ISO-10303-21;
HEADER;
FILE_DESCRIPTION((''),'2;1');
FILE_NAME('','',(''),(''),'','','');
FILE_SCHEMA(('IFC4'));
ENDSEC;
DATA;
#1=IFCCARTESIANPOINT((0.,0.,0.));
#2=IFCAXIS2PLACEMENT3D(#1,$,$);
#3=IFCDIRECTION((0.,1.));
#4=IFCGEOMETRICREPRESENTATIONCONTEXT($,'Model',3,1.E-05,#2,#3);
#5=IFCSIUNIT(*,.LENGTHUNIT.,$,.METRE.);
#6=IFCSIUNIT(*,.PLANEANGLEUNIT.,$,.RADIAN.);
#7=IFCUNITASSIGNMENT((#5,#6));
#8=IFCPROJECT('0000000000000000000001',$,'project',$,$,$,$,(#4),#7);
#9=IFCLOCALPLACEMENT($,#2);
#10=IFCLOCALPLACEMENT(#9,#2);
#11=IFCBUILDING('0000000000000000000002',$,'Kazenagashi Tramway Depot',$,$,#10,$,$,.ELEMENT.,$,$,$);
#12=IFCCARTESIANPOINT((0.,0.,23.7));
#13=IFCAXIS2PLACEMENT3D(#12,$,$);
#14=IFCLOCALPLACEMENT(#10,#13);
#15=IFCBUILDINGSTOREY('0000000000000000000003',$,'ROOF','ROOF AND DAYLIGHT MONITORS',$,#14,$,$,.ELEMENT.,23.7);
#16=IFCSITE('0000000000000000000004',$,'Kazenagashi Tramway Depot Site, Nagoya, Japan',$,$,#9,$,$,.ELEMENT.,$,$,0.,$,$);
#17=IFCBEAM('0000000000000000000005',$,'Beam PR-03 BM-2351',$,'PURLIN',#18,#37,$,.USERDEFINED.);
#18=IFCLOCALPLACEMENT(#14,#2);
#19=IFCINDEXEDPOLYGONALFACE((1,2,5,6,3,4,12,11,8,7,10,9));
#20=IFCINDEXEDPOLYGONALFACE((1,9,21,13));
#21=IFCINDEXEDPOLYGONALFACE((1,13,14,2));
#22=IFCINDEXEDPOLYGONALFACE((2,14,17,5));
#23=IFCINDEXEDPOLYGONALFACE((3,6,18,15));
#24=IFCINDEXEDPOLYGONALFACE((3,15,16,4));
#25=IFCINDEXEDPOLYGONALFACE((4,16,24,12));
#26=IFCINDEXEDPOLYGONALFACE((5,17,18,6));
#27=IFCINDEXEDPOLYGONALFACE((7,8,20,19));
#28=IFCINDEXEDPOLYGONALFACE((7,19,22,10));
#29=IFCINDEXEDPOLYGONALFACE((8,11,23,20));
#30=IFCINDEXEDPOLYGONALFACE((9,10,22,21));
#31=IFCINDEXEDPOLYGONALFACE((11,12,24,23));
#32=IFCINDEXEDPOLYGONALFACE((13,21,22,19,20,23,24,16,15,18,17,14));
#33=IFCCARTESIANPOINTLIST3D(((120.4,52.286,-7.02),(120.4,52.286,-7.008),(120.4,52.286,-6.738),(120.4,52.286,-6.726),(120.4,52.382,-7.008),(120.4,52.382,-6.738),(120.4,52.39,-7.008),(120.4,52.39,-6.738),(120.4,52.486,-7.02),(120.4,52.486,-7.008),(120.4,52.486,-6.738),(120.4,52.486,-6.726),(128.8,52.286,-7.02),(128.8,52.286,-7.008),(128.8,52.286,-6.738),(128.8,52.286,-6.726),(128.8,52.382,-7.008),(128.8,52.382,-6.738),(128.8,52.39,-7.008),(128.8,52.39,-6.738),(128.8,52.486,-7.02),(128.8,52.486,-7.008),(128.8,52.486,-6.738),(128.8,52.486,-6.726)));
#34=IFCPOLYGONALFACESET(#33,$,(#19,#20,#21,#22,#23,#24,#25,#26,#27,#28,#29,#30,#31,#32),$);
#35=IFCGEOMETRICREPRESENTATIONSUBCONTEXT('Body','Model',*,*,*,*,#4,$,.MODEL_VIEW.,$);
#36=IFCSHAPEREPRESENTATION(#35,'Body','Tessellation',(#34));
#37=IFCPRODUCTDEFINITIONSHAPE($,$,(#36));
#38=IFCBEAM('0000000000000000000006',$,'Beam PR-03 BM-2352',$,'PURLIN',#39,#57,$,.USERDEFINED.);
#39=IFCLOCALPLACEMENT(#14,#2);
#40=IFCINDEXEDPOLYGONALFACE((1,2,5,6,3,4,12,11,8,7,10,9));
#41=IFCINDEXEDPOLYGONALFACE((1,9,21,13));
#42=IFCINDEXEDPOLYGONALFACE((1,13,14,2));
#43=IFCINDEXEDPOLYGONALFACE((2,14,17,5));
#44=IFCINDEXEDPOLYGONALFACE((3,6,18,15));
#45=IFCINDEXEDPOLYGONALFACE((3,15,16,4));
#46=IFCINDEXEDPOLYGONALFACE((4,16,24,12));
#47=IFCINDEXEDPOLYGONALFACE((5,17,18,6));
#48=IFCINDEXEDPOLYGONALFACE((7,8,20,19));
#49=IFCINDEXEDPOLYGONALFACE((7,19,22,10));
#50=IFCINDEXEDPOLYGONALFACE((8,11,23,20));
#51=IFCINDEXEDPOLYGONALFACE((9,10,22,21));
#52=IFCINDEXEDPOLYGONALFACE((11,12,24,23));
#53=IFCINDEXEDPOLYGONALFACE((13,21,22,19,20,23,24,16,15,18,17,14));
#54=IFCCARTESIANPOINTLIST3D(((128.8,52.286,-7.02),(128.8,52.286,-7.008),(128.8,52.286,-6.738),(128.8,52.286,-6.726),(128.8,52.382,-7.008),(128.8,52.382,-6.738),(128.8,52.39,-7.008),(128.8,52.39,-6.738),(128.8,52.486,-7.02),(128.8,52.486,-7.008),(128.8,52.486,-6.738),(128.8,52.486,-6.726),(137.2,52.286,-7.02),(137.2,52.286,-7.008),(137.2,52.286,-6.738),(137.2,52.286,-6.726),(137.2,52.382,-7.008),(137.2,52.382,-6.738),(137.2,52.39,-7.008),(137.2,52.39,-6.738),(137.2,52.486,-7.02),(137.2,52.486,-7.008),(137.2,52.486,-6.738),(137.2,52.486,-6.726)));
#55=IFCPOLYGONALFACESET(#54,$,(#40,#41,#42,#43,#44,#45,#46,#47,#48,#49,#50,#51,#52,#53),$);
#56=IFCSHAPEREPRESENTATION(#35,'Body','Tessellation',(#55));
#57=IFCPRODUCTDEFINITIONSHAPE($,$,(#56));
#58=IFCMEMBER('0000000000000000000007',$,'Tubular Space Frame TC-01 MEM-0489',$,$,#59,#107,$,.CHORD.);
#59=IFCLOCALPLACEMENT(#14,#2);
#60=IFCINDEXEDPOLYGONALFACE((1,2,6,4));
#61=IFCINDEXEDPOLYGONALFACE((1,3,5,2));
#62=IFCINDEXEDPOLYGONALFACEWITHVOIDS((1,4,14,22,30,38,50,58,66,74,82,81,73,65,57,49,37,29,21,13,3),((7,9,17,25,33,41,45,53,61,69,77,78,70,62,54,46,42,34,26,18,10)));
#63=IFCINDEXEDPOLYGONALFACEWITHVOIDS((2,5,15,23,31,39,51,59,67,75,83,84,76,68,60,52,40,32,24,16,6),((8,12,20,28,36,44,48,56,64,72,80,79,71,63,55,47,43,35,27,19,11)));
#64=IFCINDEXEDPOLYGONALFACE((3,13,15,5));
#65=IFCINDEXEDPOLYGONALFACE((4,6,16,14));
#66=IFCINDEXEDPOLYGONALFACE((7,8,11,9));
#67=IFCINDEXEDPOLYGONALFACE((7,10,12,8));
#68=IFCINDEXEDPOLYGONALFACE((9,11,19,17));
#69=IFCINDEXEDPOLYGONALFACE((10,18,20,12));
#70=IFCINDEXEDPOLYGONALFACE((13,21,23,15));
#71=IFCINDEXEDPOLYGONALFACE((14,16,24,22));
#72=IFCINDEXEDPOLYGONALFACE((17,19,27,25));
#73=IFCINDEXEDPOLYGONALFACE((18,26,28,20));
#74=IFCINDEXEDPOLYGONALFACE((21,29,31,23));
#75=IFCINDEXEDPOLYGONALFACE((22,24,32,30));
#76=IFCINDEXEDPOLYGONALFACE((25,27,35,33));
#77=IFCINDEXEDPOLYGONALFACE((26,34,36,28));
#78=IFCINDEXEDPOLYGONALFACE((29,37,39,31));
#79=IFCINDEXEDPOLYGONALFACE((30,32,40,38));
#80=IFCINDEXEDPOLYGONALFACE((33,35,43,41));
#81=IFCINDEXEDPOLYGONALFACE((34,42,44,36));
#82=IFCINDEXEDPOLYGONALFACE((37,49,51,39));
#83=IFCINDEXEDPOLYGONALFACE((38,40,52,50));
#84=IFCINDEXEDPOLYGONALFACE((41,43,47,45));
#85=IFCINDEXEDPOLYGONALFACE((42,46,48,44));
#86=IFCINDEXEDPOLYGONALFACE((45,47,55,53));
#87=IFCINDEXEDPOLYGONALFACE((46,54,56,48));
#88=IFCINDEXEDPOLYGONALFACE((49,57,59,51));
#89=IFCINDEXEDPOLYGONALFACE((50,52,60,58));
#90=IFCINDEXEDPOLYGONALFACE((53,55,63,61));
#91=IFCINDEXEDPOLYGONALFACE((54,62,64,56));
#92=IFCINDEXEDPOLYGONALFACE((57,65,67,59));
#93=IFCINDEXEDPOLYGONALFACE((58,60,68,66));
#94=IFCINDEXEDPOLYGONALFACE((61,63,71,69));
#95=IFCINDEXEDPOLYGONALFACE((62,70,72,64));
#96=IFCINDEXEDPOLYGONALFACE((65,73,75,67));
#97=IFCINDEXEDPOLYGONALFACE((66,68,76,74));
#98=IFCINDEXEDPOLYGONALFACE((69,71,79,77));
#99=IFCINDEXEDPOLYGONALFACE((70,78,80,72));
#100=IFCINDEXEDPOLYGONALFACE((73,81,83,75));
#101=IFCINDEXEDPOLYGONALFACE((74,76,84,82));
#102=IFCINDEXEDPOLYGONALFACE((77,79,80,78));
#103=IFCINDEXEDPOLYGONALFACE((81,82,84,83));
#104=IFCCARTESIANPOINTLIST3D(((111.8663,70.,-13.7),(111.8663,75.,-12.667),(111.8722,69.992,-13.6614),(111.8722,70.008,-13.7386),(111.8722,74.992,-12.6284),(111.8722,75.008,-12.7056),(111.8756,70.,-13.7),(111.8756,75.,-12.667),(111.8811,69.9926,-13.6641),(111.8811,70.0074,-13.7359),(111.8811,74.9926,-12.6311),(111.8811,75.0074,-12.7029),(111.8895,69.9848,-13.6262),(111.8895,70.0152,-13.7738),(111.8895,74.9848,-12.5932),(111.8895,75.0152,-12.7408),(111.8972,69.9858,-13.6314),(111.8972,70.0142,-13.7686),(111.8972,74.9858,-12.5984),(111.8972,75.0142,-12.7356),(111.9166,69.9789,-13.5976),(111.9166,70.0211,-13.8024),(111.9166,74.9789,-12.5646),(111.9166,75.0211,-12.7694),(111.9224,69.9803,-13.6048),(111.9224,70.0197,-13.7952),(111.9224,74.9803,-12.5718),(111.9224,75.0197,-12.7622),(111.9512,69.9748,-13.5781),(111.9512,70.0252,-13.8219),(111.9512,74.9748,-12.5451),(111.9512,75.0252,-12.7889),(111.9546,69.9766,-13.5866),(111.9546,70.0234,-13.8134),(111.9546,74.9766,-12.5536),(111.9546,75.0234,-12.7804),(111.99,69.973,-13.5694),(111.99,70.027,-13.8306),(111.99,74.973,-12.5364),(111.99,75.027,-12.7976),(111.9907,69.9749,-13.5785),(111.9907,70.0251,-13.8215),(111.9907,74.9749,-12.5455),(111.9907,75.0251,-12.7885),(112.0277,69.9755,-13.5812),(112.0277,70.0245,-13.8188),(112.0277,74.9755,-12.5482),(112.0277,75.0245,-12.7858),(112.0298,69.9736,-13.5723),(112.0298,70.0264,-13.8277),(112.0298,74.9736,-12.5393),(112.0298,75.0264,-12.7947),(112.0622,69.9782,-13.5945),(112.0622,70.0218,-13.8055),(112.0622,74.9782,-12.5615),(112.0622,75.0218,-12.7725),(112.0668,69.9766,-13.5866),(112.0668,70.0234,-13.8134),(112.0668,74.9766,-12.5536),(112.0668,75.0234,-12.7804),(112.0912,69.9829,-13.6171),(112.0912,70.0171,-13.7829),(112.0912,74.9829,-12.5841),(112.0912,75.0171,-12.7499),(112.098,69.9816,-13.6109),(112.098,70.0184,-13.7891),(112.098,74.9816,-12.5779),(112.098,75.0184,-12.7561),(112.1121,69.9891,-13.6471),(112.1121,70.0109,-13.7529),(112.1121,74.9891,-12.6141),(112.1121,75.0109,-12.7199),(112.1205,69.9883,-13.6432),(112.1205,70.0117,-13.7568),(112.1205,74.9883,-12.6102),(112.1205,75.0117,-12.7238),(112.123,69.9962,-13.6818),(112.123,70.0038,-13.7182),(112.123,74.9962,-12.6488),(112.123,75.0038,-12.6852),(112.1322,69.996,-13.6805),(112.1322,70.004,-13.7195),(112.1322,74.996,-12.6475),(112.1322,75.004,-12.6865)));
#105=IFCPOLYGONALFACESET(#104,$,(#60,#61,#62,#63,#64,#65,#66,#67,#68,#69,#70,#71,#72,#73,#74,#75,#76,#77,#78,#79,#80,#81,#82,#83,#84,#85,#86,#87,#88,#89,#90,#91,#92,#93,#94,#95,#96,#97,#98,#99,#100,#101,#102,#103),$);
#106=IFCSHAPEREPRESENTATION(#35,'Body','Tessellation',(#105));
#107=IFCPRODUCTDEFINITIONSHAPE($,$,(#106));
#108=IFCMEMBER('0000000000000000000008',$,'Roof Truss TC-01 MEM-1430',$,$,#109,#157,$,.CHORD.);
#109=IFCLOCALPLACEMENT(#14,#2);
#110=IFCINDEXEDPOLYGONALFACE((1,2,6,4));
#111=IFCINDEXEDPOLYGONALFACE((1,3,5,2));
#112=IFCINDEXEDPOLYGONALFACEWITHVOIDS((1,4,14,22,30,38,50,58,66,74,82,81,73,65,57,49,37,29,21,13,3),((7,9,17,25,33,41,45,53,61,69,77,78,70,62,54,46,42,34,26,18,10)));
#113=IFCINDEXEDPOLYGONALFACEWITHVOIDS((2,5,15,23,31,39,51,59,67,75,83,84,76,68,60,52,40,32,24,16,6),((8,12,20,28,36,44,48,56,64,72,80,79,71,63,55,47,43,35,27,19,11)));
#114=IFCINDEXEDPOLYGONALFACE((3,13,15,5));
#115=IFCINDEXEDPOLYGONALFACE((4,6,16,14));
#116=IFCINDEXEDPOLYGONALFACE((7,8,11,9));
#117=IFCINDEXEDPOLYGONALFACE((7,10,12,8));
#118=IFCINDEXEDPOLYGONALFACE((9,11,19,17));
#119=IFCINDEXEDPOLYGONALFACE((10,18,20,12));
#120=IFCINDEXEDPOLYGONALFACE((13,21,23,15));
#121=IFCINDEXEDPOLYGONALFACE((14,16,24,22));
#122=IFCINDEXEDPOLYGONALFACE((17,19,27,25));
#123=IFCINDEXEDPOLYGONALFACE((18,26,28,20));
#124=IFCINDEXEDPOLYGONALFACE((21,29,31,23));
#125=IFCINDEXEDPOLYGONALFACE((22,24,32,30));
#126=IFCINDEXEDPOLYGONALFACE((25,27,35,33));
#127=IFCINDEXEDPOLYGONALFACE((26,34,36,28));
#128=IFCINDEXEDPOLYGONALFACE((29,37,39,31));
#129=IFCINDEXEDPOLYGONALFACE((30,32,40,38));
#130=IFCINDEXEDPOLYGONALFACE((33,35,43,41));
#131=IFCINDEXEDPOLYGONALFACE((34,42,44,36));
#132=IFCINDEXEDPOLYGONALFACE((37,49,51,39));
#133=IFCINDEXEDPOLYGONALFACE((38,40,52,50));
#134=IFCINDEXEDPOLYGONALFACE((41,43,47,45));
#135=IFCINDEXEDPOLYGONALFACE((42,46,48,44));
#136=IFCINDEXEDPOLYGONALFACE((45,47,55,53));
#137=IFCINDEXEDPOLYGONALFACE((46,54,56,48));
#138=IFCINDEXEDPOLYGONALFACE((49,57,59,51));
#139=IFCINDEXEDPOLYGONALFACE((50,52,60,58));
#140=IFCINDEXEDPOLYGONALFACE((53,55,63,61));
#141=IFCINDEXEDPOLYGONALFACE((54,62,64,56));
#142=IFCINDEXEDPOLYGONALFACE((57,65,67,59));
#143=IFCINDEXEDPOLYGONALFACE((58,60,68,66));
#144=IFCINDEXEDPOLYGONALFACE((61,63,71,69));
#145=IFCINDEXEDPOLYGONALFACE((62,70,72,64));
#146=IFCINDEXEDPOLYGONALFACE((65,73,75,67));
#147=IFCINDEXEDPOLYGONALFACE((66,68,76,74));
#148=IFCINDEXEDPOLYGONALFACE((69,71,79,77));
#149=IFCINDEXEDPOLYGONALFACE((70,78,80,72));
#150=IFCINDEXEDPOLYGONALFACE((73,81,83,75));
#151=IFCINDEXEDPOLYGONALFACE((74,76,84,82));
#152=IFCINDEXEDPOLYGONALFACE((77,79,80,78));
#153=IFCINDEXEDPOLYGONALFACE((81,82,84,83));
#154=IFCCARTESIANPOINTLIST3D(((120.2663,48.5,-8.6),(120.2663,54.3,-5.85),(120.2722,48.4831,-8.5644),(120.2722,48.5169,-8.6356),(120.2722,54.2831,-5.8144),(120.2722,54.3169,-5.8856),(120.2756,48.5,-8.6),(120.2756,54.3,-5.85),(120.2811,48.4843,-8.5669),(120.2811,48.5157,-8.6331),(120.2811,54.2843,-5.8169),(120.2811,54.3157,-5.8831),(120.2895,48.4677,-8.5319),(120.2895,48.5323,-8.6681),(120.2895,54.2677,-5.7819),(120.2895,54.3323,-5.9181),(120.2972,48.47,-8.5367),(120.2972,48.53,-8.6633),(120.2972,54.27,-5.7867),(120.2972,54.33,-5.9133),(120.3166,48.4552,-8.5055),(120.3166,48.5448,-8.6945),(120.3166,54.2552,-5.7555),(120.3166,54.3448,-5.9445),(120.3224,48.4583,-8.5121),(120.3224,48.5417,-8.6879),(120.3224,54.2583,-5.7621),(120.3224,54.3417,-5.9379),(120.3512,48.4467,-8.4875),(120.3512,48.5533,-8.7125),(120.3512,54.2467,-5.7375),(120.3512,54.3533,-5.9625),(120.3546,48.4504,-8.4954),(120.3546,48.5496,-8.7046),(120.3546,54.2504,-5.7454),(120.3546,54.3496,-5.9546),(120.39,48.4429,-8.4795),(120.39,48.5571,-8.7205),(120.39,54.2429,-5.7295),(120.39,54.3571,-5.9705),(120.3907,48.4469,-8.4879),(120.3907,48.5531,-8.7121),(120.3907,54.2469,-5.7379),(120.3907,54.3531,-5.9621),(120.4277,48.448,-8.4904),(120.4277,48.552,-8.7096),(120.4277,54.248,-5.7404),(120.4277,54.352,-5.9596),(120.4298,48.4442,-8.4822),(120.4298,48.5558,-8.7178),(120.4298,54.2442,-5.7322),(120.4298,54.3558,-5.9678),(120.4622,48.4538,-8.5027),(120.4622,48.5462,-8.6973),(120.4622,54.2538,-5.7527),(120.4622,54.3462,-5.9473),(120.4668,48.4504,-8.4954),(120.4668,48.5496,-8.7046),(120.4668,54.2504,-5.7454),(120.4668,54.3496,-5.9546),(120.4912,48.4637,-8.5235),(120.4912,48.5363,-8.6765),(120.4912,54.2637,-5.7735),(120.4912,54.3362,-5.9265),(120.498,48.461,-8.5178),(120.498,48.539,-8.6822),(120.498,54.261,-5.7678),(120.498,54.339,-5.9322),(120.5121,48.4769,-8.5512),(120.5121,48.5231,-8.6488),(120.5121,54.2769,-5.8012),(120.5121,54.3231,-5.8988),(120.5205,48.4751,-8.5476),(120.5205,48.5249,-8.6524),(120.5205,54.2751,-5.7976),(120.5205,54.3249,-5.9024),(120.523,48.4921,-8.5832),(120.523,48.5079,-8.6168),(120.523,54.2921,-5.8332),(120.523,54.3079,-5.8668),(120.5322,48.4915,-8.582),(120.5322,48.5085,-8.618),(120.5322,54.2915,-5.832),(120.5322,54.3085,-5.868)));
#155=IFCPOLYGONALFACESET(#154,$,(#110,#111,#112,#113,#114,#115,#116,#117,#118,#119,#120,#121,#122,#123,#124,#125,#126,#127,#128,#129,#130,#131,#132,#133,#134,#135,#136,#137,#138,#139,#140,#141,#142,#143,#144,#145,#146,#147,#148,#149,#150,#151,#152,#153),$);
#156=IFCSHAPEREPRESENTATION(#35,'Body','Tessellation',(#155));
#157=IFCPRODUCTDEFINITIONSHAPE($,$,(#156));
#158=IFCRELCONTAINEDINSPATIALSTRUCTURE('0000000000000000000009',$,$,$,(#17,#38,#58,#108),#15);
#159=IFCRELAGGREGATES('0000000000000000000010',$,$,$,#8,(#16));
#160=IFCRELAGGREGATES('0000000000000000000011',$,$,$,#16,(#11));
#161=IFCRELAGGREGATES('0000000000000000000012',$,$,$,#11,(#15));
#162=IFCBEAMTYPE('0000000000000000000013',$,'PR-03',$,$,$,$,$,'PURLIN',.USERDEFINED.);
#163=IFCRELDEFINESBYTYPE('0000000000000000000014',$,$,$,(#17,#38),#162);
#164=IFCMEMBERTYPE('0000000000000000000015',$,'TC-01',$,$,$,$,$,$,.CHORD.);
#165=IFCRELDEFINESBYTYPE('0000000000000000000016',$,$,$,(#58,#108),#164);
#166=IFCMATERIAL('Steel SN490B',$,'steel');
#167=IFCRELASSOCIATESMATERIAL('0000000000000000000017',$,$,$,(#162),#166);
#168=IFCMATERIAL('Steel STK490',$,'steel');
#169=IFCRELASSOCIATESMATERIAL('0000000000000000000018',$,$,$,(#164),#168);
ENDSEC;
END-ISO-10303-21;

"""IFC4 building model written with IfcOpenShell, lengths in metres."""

from ifc_helpers import new_model, si_unit, direction, frame, origin, origin_2d, place, context, subcontext, project, spatial, hollow_circle, i_section, extrude, material, material_profile, profile_set, type_object, element, save


model = new_model("IFC4")

# Units and contexts
model_context = context("Model", 3, precision=1e-05, world=origin(), true_north=direction((0.0, 1.0)))
body_context = subcontext(model_context, "Body", "Model", "MODEL_VIEW")
ifc_project = project(units=[si_unit("LENGTHUNIT", "METRE"), si_unit("PLANEANGLEUNIT", "RADIAN")], contexts=[model_context])

# Site, building, storey
site_placement = place(None, origin())
site = spatial("IfcSite", under=ifc_project, at=site_placement, Name="Kazenagashi Tramway Depot Site, Nagoya, Japan", CompositionType="ELEMENT", RefElevation=0.0)
building_placement = place(site_placement, origin())
building = spatial("IfcBuilding", under=site, at=building_placement, Name="Kazenagashi Tramway Depot", CompositionType="ELEMENT")
storey_placement = place(building_placement, frame((0.0, 0.0, 23.7)))
storey = spatial("IfcBuildingStorey", under=building, at=storey_placement, Name="ROOF", Description="ROOF AND DAYLIGHT MONITORS", CompositionType="ELEMENT", Elevation=23.7)

# Beams
ifc_material_1 = material(Name="Steel SN490B", Category="steel")
ifc_material_profile_1 = material_profile(ifc_material_1, i_section(OverallWidth=0.2, OverallDepth=0.294, WebThickness=0.008, FlangeThickness=0.012, at=origin_2d()), Name="H-294x200x8x12")
ifc_profile_set_1 = profile_set([ifc_material_profile_1], Name="Steel SN490B")
beam_type_1 = type_object("IfcBeamType", Name="PR-03", ElementType="PURLIN", PredefinedType="USERDEFINED", material=ifc_profile_set_1)
for number, where, z_axis, x_axis, name in (
    (1, (120.4, 52.386, -6.873), (1.0, 0.0, 0.0), (0.0, 1.0, 0.0), "Beam PR-03 BM-2351"),
    (2, (128.8, 52.386, -6.873), (1.0, 0.0, 0.0), (0.0, 1.0, 0.0), "Beam PR-03 BM-2352"),
):
    element("IfcBeam", number, at=place(storey_placement, frame(where, z_axis=z_axis, x_axis=x_axis)), inside=storey, type_object=beam_type_1, Name=name, ObjectType="PURLIN", PredefinedType="USERDEFINED", context=body_context, shape_type="SweptSolid", body=[
        extrude(i_section(OverallWidth=0.2, OverallDepth=0.294, WebThickness=0.008, FlangeThickness=0.012, at=origin_2d()), origin(), (0.0, 0.0, 1.0), 8.4),
    ])

# Members
ifc_material_2 = material(Name="Steel STK490", Category="steel")
ifc_material_profile_2 = material_profile(ifc_material_2, hollow_circle(Radius=0.1337, WallThickness=0.0093, at=origin_2d()), Name="CHS-267.4x9.3")
ifc_profile_set_2 = profile_set([ifc_material_profile_2], Name="Steel STK490")
member_type_1 = type_object("IfcMemberType", Name="TC-01", PredefinedType="CHORD", material=ifc_profile_set_2)
member_1_placement = place(storey_placement, frame((112.0, 70.0, -13.7), z_axis=(0.0, 0.979318, 0.202327), x_axis=(-1.0, 0.0, 0.0)))
element("IfcMember", 3, at=member_1_placement, inside=storey, type_object=member_type_1, Name="Tubular Space Frame TC-01 MEM-0489", PredefinedType="CHORD", context=body_context, shape_type="SweptSolid", body=[
    extrude(hollow_circle(Radius=0.1337, WallThickness=0.0093, at=origin_2d()), origin(), (0.0, 0.0, 1.0), 5.1056),
])
for number, where, z_axis, x_axis, name in (
    (4, (120.4, 48.5, -8.6), (0.0, 0.903579, 0.428421), (-1.0, 0.0, 0.0), "Roof Truss TC-01 MEM-1430"),
):
    element("IfcMember", number, at=place(storey_placement, frame(where, z_axis=z_axis, x_axis=x_axis)), inside=storey, type_object=member_type_1, Name=name, PredefinedType="CHORD", context=body_context, shape_type="SweptSolid", body=[
        extrude(hollow_circle(Radius=0.1337, WallThickness=0.0093, at=origin_2d()), origin(), (0.0, 0.0, 1.0), 6.4189),
    ])

save(model, "model.ifc")
